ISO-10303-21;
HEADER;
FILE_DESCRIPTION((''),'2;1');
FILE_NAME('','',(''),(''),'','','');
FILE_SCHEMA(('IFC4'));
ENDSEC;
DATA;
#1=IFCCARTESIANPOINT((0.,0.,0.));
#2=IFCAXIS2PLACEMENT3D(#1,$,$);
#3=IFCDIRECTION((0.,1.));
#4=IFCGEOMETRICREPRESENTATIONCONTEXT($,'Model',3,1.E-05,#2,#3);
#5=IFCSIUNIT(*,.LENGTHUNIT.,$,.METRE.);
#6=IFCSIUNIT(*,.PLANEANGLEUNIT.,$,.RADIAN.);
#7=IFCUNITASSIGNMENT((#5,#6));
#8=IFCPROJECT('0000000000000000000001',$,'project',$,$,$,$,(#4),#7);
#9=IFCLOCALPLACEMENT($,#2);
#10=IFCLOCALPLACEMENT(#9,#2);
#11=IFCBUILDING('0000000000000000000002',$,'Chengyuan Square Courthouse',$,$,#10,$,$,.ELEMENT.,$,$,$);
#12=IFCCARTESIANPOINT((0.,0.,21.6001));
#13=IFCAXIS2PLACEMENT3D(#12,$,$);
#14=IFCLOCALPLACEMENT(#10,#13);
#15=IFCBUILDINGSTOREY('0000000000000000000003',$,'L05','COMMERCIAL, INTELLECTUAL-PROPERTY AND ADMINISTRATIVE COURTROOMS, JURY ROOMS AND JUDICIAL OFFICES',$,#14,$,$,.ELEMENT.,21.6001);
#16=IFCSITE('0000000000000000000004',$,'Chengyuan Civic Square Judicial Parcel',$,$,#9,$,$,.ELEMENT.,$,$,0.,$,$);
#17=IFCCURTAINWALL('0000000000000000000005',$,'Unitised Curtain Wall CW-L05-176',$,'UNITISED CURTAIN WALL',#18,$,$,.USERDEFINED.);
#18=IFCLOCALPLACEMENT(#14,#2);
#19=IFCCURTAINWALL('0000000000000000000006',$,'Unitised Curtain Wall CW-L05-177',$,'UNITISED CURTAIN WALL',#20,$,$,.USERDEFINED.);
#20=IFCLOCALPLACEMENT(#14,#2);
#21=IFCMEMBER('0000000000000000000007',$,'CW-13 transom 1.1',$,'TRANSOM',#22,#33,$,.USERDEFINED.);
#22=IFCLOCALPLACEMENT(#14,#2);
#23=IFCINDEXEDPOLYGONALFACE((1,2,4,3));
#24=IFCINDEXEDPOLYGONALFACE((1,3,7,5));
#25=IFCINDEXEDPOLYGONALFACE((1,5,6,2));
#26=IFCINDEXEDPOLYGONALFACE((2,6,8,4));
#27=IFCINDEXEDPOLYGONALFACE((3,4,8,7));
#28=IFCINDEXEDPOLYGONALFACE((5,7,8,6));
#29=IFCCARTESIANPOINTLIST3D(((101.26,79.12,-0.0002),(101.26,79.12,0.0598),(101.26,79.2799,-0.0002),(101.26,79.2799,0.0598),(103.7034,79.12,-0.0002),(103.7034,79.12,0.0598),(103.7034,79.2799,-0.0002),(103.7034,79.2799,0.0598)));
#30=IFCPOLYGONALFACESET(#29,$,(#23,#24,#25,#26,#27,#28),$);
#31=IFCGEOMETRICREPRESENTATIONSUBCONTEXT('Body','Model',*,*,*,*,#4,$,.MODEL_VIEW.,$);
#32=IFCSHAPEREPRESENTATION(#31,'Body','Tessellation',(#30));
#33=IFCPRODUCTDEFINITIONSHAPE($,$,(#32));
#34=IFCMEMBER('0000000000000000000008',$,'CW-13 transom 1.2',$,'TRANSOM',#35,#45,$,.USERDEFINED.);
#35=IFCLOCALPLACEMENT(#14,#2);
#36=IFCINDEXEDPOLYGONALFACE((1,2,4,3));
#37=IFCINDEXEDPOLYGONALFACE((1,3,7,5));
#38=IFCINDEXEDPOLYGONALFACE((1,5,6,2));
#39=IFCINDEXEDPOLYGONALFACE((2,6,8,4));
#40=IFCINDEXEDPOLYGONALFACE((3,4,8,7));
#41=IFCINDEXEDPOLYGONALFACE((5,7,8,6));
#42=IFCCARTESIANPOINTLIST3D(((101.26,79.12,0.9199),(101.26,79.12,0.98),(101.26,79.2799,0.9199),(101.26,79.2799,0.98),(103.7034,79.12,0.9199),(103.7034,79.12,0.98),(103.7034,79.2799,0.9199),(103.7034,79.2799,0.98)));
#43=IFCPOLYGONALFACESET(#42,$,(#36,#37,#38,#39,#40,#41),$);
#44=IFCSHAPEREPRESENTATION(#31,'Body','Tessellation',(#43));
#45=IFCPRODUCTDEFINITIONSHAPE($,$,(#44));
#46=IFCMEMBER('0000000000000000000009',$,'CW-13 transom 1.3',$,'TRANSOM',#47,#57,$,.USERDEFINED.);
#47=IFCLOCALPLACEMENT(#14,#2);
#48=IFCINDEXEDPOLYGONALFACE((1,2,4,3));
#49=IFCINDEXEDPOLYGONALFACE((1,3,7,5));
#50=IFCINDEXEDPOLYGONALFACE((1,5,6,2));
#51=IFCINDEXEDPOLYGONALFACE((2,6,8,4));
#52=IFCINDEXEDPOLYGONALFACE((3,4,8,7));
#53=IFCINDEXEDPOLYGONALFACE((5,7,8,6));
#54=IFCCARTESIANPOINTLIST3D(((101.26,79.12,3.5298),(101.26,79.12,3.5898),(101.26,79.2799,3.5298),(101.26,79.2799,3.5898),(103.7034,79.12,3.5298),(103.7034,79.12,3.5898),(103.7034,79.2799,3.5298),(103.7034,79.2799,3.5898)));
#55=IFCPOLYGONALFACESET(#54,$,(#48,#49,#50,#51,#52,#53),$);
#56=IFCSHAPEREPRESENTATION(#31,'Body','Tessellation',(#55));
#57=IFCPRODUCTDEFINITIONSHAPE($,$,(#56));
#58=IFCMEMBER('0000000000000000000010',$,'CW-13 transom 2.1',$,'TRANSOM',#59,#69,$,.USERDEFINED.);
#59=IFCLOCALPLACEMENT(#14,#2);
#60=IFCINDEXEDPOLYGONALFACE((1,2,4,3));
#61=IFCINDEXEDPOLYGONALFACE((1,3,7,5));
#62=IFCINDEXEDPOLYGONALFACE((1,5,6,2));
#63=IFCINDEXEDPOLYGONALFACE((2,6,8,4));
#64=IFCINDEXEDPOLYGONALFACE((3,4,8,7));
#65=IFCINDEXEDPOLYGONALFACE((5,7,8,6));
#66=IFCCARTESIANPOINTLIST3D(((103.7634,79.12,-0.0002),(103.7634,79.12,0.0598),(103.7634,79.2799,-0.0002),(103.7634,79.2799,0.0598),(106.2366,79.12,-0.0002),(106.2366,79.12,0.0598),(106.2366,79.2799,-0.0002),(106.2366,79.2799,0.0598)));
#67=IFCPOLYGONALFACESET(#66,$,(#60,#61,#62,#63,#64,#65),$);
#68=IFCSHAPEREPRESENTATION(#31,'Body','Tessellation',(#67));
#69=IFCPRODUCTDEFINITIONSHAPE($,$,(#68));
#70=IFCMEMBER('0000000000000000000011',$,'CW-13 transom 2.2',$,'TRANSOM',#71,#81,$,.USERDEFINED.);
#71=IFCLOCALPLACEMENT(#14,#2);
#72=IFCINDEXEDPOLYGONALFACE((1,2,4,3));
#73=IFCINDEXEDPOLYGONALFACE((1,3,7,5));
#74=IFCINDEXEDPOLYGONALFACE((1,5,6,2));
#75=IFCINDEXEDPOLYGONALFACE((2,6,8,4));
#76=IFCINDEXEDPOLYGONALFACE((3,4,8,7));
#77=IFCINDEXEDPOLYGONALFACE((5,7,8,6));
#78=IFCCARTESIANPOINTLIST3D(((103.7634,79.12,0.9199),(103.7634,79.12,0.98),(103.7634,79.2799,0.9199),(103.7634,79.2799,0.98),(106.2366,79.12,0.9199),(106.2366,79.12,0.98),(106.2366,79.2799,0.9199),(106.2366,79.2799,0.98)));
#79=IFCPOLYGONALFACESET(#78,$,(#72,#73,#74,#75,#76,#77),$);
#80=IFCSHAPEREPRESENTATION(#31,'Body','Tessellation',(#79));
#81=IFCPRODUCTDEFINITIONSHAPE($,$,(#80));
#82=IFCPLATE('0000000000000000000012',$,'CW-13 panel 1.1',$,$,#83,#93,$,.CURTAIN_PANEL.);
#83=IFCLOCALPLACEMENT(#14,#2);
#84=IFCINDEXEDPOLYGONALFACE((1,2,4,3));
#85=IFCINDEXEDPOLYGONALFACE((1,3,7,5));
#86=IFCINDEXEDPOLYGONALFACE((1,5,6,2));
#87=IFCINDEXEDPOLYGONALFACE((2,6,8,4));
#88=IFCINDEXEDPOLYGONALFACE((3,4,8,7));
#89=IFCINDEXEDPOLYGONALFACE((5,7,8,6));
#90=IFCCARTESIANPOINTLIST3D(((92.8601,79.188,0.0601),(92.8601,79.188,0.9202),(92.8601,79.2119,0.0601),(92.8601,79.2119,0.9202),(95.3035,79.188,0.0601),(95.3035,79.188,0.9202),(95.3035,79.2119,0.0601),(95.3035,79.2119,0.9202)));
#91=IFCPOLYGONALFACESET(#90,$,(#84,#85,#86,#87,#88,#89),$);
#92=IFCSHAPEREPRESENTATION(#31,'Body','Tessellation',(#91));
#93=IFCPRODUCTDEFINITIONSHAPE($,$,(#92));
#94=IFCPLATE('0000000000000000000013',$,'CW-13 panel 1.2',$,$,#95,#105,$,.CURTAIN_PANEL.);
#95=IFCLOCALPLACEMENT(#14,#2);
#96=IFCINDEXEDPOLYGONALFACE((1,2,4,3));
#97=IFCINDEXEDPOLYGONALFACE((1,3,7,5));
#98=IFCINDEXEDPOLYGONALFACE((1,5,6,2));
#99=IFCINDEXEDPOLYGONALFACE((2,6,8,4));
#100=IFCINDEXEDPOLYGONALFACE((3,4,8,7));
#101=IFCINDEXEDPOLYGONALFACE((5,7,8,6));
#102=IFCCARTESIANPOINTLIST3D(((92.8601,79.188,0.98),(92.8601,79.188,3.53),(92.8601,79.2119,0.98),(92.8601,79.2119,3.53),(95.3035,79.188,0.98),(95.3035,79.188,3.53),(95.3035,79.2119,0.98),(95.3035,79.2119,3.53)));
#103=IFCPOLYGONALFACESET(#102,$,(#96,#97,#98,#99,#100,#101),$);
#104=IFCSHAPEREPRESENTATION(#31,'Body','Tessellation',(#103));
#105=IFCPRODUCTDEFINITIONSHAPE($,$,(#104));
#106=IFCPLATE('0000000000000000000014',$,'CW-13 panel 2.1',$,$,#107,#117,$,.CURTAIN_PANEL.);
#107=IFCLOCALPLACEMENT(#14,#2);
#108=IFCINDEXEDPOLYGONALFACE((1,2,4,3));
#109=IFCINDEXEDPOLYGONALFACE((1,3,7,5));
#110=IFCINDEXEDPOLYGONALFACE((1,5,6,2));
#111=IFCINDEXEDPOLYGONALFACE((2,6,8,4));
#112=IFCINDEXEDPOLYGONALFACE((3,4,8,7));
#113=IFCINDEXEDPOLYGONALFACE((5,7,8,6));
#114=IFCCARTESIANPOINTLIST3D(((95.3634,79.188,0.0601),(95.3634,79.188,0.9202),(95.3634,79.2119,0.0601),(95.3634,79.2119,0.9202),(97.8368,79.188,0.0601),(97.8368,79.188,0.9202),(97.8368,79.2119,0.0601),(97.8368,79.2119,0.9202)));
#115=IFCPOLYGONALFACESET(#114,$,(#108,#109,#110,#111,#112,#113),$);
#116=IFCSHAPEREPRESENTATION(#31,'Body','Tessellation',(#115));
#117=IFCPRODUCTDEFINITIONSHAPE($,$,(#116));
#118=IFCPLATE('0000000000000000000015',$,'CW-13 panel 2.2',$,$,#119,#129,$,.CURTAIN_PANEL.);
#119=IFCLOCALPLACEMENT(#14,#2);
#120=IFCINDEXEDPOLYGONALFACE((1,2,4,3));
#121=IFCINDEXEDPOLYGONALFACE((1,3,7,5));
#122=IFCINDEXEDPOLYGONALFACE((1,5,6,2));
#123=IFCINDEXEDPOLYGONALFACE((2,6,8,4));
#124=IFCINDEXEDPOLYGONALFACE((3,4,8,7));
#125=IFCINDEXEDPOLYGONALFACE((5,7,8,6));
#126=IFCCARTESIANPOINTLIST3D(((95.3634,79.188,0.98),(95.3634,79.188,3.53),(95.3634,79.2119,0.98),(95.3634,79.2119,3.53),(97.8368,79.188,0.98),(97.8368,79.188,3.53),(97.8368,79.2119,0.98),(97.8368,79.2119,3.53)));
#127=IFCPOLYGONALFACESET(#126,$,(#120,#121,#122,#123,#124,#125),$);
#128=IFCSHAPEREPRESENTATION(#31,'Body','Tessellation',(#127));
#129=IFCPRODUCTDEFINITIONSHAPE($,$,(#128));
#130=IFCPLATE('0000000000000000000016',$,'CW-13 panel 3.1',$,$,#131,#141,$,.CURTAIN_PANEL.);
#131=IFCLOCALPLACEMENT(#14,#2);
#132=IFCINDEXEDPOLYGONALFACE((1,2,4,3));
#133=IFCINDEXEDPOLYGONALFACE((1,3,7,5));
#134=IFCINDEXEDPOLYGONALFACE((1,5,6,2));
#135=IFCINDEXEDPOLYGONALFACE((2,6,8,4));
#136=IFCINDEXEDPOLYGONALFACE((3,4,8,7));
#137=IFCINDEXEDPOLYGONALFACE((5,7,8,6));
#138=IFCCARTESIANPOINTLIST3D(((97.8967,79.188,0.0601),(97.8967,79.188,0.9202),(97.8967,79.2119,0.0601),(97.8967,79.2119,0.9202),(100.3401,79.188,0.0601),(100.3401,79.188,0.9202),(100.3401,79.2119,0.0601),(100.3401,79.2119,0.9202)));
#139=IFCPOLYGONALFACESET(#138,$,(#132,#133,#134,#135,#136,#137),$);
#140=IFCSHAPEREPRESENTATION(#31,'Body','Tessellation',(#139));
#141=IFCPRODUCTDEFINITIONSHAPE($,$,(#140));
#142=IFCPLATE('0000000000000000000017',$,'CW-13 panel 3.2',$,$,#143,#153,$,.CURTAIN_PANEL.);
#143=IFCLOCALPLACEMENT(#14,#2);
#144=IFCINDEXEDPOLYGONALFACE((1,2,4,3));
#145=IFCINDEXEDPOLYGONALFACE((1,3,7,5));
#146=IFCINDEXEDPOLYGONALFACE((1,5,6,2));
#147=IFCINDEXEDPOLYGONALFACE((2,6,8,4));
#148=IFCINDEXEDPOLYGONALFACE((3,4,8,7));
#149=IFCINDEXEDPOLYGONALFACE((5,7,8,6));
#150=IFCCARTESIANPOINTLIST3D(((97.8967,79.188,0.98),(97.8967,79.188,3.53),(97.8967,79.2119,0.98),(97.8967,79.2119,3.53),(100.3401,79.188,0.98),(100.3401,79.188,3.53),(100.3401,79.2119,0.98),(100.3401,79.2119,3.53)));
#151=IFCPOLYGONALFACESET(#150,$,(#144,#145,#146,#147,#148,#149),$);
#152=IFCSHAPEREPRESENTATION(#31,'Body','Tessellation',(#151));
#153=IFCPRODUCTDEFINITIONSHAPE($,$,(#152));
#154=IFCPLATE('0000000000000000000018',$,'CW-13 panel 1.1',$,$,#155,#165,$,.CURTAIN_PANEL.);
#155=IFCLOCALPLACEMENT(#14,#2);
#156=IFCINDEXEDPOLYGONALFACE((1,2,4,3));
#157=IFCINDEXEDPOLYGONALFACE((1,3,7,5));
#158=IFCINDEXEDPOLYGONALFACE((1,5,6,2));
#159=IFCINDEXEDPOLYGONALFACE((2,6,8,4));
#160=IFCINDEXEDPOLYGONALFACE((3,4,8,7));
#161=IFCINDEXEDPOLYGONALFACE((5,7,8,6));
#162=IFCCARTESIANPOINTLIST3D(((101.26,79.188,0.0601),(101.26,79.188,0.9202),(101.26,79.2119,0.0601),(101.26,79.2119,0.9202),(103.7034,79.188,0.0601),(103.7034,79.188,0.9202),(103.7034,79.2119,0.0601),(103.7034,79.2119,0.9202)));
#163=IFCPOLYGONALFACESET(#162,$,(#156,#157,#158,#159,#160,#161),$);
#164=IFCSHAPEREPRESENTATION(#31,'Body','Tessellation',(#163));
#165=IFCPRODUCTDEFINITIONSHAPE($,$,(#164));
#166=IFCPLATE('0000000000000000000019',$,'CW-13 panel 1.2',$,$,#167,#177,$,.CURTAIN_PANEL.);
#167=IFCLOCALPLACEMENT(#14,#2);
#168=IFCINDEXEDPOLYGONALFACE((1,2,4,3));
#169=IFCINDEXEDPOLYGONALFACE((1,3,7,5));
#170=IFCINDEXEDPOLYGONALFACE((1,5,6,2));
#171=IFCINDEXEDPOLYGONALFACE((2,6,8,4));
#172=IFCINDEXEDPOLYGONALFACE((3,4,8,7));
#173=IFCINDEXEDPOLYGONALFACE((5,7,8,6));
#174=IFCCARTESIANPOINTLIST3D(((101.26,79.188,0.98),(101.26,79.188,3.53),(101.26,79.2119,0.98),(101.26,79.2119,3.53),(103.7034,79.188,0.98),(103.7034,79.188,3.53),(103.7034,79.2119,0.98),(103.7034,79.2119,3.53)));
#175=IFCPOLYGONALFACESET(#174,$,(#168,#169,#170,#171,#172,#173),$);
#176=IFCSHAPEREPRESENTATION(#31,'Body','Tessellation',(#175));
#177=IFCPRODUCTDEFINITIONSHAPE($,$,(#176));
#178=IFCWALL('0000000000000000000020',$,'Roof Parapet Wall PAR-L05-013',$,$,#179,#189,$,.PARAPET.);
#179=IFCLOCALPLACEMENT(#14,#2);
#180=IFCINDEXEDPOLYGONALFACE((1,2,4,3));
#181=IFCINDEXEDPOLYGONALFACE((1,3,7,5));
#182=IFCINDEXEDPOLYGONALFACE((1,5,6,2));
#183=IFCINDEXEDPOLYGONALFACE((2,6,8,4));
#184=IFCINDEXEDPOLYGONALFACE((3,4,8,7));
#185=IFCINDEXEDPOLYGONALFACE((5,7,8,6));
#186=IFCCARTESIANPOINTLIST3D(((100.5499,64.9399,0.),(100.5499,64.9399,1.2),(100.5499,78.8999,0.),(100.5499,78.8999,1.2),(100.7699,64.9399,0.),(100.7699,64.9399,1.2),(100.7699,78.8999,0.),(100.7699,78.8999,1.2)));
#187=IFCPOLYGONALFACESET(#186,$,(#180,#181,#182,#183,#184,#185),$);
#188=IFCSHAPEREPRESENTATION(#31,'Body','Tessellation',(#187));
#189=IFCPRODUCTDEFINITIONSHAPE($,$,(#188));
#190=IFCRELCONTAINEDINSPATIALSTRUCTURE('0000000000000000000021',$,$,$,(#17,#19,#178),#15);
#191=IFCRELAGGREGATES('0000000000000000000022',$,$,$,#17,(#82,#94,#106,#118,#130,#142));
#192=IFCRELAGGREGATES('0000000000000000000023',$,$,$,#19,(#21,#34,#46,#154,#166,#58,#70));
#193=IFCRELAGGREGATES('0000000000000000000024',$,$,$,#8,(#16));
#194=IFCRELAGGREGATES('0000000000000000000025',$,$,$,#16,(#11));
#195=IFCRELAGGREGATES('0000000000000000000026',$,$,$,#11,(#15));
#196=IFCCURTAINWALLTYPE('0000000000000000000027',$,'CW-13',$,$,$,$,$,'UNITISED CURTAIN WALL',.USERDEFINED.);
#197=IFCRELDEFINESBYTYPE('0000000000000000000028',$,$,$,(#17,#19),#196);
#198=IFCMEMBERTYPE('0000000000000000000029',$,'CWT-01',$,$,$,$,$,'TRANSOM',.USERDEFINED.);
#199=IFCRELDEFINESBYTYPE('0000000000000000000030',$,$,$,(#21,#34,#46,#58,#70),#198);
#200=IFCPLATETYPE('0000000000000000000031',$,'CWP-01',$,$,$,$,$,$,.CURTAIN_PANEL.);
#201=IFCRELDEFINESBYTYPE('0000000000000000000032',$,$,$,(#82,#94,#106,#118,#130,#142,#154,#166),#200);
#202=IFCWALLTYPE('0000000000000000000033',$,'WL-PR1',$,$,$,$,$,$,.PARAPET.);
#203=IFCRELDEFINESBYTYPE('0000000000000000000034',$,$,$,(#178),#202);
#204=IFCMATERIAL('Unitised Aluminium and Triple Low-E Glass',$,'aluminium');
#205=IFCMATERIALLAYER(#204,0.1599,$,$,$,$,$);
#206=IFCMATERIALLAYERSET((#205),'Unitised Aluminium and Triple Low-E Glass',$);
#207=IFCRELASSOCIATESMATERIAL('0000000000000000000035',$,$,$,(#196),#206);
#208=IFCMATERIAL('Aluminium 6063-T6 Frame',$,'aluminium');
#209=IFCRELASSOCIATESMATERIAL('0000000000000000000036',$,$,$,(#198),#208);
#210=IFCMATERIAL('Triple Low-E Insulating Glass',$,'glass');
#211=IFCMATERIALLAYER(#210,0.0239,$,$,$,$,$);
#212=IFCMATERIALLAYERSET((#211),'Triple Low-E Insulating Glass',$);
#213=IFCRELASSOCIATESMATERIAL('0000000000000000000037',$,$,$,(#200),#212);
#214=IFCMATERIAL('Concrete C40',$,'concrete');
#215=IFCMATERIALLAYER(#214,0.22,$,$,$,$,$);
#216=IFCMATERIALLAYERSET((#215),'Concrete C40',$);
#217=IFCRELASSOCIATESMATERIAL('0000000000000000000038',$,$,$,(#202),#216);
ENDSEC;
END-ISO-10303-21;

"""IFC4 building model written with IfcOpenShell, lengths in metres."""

from ifc_helpers import new_model, si_unit, direction, frame, frame_2d, origin, origin_2d, place, context, subcontext, project, spatial, rectangle, extrude, material, layer, layer_set, material_profile, profile_set, type_object, element, aggregate, save


model = new_model("IFC4")

# Units and contexts
model_context = context("Model", 3, precision=1e-05, world=origin(), true_north=direction((0.0, 1.0)))
body_context = subcontext(model_context, "Body", "Model", "MODEL_VIEW")
ifc_project = project(units=[si_unit("LENGTHUNIT", "METRE"), si_unit("PLANEANGLEUNIT", "RADIAN")], contexts=[model_context])

# Site, building, storey
site_placement = place(None, origin())
site = spatial("IfcSite", under=ifc_project, at=site_placement, Name="Chengyuan Civic Square Judicial Parcel", CompositionType="ELEMENT", RefElevation=0.0)
building_placement = place(site_placement, origin())
building = spatial("IfcBuilding", under=site, at=building_placement, Name="Chengyuan Square Courthouse", CompositionType="ELEMENT")
storey_placement = place(building_placement, frame((0.0, 0.0, 21.6001)))
storey = spatial("IfcBuildingStorey", under=building, at=storey_placement, Name="L05", Description="COMMERCIAL, INTELLECTUAL-PROPERTY AND ADMINISTRATIVE COURTROOMS, JURY ROOMS AND JUDICIAL OFFICES", CompositionType="ELEMENT", Elevation=21.6001)

# Shared definitions
ifc_material_1 = material(Name="Concrete C40", Category="concrete")

# Curtain walls
ifc_material_2 = material(Name="Unitised Aluminium and Triple Low-E Glass", Category="aluminium")
ifc_layer_1 = layer(ifc_material_2, 0.1599)
ifc_layer_set_1 = layer_set([ifc_layer_1], Name="Unitised Aluminium and Triple Low-E Glass")
curtain_wall_type = type_object("IfcCurtainWallType", Name="CW-13", ElementType="UNITISED CURTAIN WALL", PredefinedType="USERDEFINED", material=ifc_layer_set_1)
curtain_wall_1_placement = place(storey_placement, origin())
curtain_wall_1 = element("IfcCurtainWall", 1, at=curtain_wall_1_placement, inside=storey, type_object=curtain_wall_type, Name="Unitised Curtain Wall CW-L05-176", ObjectType="UNITISED CURTAIN WALL", PredefinedType="USERDEFINED")
ifc_material_3 = material(Name="Aluminium 6063-T6 Frame", Category="aluminium")
curtain_wall_2_placement = place(storey_placement, origin())
curtain_wall_2 = element("IfcCurtainWall", 2, at=curtain_wall_2_placement, inside=storey, type_object=curtain_wall_type, Name="Unitised Curtain Wall CW-L05-177", ObjectType="UNITISED CURTAIN WALL", PredefinedType="USERDEFINED")

# Members
ifc_material_profile_1 = material_profile(ifc_material_3, rectangle(XDim=0.1599, YDim=0.0601, at=origin_2d()), Name="CW-TRN-60x120")
ifc_profile_set_1 = profile_set([ifc_material_profile_1], Name="Aluminium 6063-T6 Frame")
member_type_1 = type_object("IfcMemberType", Name="CWT-01", ElementType="TRANSOM", PredefinedType="USERDEFINED", material=ifc_profile_set_1)
member_1_placement = place(storey_placement, frame((101.26, 79.2, 0.0298), z_axis=(1.0, 0.0, 0.0), x_axis=(0.0, 1.0, 0.0)))
member_1 = element("IfcMember", 3, at=member_1_placement, type_object=member_type_1, Name="CW-13 transom 1.1", ObjectType="TRANSOM", PredefinedType="USERDEFINED", context=body_context, shape_type="SweptSolid", body=[
    extrude(rectangle(XDim=0.1599, YDim=0.0601, at=origin_2d()), origin(), (0.0, 0.0, 1.0), 2.4434),
])
member_2_placement = place(storey_placement, frame((101.26, 79.2, 0.95), z_axis=(1.0, 0.0, 0.0), x_axis=(0.0, 1.0, 0.0)))
member_2 = element("IfcMember", 4, at=member_2_placement, type_object=member_type_1, Name="CW-13 transom 1.2", ObjectType="TRANSOM", PredefinedType="USERDEFINED", context=body_context, shape_type="SweptSolid", body=[
    extrude(rectangle(XDim=0.1599, YDim=0.0601, at=origin_2d()), origin(), (0.0, 0.0, 1.0), 2.4434),
])
member_3_placement = place(storey_placement, frame((101.26, 79.2, 3.5598), z_axis=(1.0, 0.0, 0.0), x_axis=(0.0, 1.0, 0.0)))
member_3 = element("IfcMember", 5, at=member_3_placement, type_object=member_type_1, Name="CW-13 transom 1.3", ObjectType="TRANSOM", PredefinedType="USERDEFINED", context=body_context, shape_type="SweptSolid", body=[
    extrude(rectangle(XDim=0.1599, YDim=0.0601, at=origin_2d()), origin(), (0.0, 0.0, 1.0), 2.4434),
])
member_4_placement = place(storey_placement, frame((103.7634, 79.2, 0.0298), z_axis=(1.0, 0.0, 0.0), x_axis=(0.0, 1.0, 0.0)))
member_4 = element("IfcMember", 6, at=member_4_placement, type_object=member_type_1, Name="CW-13 transom 2.1", ObjectType="TRANSOM", PredefinedType="USERDEFINED", context=body_context, shape_type="SweptSolid", body=[
    extrude(rectangle(XDim=0.1599, YDim=0.0601, at=origin_2d()), origin(), (0.0, 0.0, 1.0), 2.4731),
])
member_5_placement = place(storey_placement, frame((103.7634, 79.2, 0.95), z_axis=(1.0, 0.0, 0.0), x_axis=(0.0, 1.0, 0.0)))
member_5 = element("IfcMember", 7, at=member_5_placement, type_object=member_type_1, Name="CW-13 transom 2.2", ObjectType="TRANSOM", PredefinedType="USERDEFINED", context=body_context, shape_type="SweptSolid", body=[
    extrude(rectangle(XDim=0.1599, YDim=0.0601, at=origin_2d()), origin(), (0.0, 0.0, 1.0), 2.4731),
])

# Plates
ifc_material_4 = material(Name="Triple Low-E Insulating Glass", Category="glass")
ifc_layer_2 = layer(ifc_material_4, 0.0239)
ifc_layer_set_2 = layer_set([ifc_layer_2], Name="Triple Low-E Insulating Glass")
plate_type = type_object("IfcPlateType", Name="CWP-01", PredefinedType="CURTAIN_PANEL", material=ifc_layer_set_2)
plate_1_placement = place(storey_placement, frame((94.0818, 79.2, 0.0601), z_axis=(0.0, 0.0, 1.0), x_axis=(1.0, 0.0, 0.0)))
plate_1 = element("IfcPlate", 8, at=plate_1_placement, type_object=plate_type, Name="CW-13 panel 1.1", PredefinedType="CURTAIN_PANEL", context=body_context, shape_type="SweptSolid", body=[
    extrude(rectangle(XDim=2.4434, YDim=0.0239, at=origin_2d()), origin(), (0.0, 0.0, 1.0), 0.8601),
])
plate_2_placement = place(storey_placement, frame((94.0818, 79.2, 0.98), z_axis=(0.0, 0.0, 1.0), x_axis=(1.0, 0.0, 0.0)))
plate_2 = element("IfcPlate", 9, at=plate_2_placement, type_object=plate_type, Name="CW-13 panel 1.2", PredefinedType="CURTAIN_PANEL", context=body_context, shape_type="SweptSolid", body=[
    extrude(rectangle(XDim=2.4434, YDim=0.0239, at=origin_2d()), origin(), (0.0, 0.0, 1.0), 2.55),
])
plate_3_placement = place(storey_placement, frame((96.6001, 79.2, 0.0601), z_axis=(0.0, 0.0, 1.0), x_axis=(1.0, 0.0, 0.0)))
plate_3 = element("IfcPlate", 10, at=plate_3_placement, type_object=plate_type, Name="CW-13 panel 2.1", PredefinedType="CURTAIN_PANEL", context=body_context, shape_type="SweptSolid", body=[
    extrude(rectangle(XDim=2.4734, YDim=0.0239, at=origin_2d()), origin(), (0.0, 0.0, 1.0), 0.8601),
])
plate_4_placement = place(storey_placement, frame((96.6001, 79.2, 0.98), z_axis=(0.0, 0.0, 1.0), x_axis=(1.0, 0.0, 0.0)))
plate_4 = element("IfcPlate", 11, at=plate_4_placement, type_object=plate_type, Name="CW-13 panel 2.2", PredefinedType="CURTAIN_PANEL", context=body_context, shape_type="SweptSolid", body=[
    extrude(rectangle(XDim=2.4734, YDim=0.0239, at=origin_2d()), origin(), (0.0, 0.0, 1.0), 2.55),
])
plate_5_placement = place(storey_placement, frame((99.1184, 79.2, 0.0601), z_axis=(0.0, 0.0, 1.0), x_axis=(1.0, 0.0, 0.0)))
plate_5 = element("IfcPlate", 12, at=plate_5_placement, type_object=plate_type, Name="CW-13 panel 3.1", PredefinedType="CURTAIN_PANEL", context=body_context, shape_type="SweptSolid", body=[
    extrude(rectangle(XDim=2.4434, YDim=0.0239, at=origin_2d()), origin(), (0.0, 0.0, 1.0), 0.8601),
])
plate_6_placement = place(storey_placement, frame((99.1184, 79.2, 0.98), z_axis=(0.0, 0.0, 1.0), x_axis=(1.0, 0.0, 0.0)))
plate_6 = element("IfcPlate", 13, at=plate_6_placement, type_object=plate_type, Name="CW-13 panel 3.2", PredefinedType="CURTAIN_PANEL", context=body_context, shape_type="SweptSolid", body=[
    extrude(rectangle(XDim=2.4434, YDim=0.0239, at=origin_2d()), origin(), (0.0, 0.0, 1.0), 2.55),
])
aggregate(curtain_wall_1, [plate_1, plate_2, plate_3, plate_4, plate_5, plate_6])
plate_7_placement = place(storey_placement, frame((102.4817, 79.2, 0.0601), z_axis=(0.0, 0.0, 1.0), x_axis=(1.0, 0.0, 0.0)))
plate_7 = element("IfcPlate", 14, at=plate_7_placement, type_object=plate_type, Name="CW-13 panel 1.1", PredefinedType="CURTAIN_PANEL", context=body_context, shape_type="SweptSolid", body=[
    extrude(rectangle(XDim=2.4434, YDim=0.0239, at=origin_2d()), origin(), (0.0, 0.0, 1.0), 0.8601),
])
plate_8_placement = place(storey_placement, frame((102.4817, 79.2, 0.98), z_axis=(0.0, 0.0, 1.0), x_axis=(1.0, 0.0, 0.0)))
plate_8 = element("IfcPlate", 15, at=plate_8_placement, type_object=plate_type, Name="CW-13 panel 1.2", PredefinedType="CURTAIN_PANEL", context=body_context, shape_type="SweptSolid", body=[
    extrude(rectangle(XDim=2.4434, YDim=0.0239, at=origin_2d()), origin(), (0.0, 0.0, 1.0), 2.55),
])
aggregate(curtain_wall_2, [member_1, member_2, member_3, plate_7, plate_8, member_4, member_5])

# Wall
ifc_layer_3 = layer(ifc_material_1, 0.22)
ifc_layer_set_3 = layer_set([ifc_layer_3], Name="Concrete C40")
wall_type = type_object("IfcWallType", Name="WL-PR1", PredefinedType="PARAPET", material=ifc_layer_set_3)
wall_placement = place(storey_placement, frame((100.6599, 64.9399, 0.0), z_axis=(0.0, 0.0, 1.0), x_axis=(0.0, 1.0, 0.0)))
element("IfcWall", 16, at=wall_placement, inside=storey, type_object=wall_type, Name="Roof Parapet Wall PAR-L05-013", PredefinedType="PARAPET", context=body_context, shape_type="SweptSolid", body=[
    extrude(rectangle(XDim=13.96, YDim=0.22, at=frame_2d((6.98, 0.0))), origin(), (0.0, 0.0, 1.0), 1.2),
])

save(model, "model.ifc")
